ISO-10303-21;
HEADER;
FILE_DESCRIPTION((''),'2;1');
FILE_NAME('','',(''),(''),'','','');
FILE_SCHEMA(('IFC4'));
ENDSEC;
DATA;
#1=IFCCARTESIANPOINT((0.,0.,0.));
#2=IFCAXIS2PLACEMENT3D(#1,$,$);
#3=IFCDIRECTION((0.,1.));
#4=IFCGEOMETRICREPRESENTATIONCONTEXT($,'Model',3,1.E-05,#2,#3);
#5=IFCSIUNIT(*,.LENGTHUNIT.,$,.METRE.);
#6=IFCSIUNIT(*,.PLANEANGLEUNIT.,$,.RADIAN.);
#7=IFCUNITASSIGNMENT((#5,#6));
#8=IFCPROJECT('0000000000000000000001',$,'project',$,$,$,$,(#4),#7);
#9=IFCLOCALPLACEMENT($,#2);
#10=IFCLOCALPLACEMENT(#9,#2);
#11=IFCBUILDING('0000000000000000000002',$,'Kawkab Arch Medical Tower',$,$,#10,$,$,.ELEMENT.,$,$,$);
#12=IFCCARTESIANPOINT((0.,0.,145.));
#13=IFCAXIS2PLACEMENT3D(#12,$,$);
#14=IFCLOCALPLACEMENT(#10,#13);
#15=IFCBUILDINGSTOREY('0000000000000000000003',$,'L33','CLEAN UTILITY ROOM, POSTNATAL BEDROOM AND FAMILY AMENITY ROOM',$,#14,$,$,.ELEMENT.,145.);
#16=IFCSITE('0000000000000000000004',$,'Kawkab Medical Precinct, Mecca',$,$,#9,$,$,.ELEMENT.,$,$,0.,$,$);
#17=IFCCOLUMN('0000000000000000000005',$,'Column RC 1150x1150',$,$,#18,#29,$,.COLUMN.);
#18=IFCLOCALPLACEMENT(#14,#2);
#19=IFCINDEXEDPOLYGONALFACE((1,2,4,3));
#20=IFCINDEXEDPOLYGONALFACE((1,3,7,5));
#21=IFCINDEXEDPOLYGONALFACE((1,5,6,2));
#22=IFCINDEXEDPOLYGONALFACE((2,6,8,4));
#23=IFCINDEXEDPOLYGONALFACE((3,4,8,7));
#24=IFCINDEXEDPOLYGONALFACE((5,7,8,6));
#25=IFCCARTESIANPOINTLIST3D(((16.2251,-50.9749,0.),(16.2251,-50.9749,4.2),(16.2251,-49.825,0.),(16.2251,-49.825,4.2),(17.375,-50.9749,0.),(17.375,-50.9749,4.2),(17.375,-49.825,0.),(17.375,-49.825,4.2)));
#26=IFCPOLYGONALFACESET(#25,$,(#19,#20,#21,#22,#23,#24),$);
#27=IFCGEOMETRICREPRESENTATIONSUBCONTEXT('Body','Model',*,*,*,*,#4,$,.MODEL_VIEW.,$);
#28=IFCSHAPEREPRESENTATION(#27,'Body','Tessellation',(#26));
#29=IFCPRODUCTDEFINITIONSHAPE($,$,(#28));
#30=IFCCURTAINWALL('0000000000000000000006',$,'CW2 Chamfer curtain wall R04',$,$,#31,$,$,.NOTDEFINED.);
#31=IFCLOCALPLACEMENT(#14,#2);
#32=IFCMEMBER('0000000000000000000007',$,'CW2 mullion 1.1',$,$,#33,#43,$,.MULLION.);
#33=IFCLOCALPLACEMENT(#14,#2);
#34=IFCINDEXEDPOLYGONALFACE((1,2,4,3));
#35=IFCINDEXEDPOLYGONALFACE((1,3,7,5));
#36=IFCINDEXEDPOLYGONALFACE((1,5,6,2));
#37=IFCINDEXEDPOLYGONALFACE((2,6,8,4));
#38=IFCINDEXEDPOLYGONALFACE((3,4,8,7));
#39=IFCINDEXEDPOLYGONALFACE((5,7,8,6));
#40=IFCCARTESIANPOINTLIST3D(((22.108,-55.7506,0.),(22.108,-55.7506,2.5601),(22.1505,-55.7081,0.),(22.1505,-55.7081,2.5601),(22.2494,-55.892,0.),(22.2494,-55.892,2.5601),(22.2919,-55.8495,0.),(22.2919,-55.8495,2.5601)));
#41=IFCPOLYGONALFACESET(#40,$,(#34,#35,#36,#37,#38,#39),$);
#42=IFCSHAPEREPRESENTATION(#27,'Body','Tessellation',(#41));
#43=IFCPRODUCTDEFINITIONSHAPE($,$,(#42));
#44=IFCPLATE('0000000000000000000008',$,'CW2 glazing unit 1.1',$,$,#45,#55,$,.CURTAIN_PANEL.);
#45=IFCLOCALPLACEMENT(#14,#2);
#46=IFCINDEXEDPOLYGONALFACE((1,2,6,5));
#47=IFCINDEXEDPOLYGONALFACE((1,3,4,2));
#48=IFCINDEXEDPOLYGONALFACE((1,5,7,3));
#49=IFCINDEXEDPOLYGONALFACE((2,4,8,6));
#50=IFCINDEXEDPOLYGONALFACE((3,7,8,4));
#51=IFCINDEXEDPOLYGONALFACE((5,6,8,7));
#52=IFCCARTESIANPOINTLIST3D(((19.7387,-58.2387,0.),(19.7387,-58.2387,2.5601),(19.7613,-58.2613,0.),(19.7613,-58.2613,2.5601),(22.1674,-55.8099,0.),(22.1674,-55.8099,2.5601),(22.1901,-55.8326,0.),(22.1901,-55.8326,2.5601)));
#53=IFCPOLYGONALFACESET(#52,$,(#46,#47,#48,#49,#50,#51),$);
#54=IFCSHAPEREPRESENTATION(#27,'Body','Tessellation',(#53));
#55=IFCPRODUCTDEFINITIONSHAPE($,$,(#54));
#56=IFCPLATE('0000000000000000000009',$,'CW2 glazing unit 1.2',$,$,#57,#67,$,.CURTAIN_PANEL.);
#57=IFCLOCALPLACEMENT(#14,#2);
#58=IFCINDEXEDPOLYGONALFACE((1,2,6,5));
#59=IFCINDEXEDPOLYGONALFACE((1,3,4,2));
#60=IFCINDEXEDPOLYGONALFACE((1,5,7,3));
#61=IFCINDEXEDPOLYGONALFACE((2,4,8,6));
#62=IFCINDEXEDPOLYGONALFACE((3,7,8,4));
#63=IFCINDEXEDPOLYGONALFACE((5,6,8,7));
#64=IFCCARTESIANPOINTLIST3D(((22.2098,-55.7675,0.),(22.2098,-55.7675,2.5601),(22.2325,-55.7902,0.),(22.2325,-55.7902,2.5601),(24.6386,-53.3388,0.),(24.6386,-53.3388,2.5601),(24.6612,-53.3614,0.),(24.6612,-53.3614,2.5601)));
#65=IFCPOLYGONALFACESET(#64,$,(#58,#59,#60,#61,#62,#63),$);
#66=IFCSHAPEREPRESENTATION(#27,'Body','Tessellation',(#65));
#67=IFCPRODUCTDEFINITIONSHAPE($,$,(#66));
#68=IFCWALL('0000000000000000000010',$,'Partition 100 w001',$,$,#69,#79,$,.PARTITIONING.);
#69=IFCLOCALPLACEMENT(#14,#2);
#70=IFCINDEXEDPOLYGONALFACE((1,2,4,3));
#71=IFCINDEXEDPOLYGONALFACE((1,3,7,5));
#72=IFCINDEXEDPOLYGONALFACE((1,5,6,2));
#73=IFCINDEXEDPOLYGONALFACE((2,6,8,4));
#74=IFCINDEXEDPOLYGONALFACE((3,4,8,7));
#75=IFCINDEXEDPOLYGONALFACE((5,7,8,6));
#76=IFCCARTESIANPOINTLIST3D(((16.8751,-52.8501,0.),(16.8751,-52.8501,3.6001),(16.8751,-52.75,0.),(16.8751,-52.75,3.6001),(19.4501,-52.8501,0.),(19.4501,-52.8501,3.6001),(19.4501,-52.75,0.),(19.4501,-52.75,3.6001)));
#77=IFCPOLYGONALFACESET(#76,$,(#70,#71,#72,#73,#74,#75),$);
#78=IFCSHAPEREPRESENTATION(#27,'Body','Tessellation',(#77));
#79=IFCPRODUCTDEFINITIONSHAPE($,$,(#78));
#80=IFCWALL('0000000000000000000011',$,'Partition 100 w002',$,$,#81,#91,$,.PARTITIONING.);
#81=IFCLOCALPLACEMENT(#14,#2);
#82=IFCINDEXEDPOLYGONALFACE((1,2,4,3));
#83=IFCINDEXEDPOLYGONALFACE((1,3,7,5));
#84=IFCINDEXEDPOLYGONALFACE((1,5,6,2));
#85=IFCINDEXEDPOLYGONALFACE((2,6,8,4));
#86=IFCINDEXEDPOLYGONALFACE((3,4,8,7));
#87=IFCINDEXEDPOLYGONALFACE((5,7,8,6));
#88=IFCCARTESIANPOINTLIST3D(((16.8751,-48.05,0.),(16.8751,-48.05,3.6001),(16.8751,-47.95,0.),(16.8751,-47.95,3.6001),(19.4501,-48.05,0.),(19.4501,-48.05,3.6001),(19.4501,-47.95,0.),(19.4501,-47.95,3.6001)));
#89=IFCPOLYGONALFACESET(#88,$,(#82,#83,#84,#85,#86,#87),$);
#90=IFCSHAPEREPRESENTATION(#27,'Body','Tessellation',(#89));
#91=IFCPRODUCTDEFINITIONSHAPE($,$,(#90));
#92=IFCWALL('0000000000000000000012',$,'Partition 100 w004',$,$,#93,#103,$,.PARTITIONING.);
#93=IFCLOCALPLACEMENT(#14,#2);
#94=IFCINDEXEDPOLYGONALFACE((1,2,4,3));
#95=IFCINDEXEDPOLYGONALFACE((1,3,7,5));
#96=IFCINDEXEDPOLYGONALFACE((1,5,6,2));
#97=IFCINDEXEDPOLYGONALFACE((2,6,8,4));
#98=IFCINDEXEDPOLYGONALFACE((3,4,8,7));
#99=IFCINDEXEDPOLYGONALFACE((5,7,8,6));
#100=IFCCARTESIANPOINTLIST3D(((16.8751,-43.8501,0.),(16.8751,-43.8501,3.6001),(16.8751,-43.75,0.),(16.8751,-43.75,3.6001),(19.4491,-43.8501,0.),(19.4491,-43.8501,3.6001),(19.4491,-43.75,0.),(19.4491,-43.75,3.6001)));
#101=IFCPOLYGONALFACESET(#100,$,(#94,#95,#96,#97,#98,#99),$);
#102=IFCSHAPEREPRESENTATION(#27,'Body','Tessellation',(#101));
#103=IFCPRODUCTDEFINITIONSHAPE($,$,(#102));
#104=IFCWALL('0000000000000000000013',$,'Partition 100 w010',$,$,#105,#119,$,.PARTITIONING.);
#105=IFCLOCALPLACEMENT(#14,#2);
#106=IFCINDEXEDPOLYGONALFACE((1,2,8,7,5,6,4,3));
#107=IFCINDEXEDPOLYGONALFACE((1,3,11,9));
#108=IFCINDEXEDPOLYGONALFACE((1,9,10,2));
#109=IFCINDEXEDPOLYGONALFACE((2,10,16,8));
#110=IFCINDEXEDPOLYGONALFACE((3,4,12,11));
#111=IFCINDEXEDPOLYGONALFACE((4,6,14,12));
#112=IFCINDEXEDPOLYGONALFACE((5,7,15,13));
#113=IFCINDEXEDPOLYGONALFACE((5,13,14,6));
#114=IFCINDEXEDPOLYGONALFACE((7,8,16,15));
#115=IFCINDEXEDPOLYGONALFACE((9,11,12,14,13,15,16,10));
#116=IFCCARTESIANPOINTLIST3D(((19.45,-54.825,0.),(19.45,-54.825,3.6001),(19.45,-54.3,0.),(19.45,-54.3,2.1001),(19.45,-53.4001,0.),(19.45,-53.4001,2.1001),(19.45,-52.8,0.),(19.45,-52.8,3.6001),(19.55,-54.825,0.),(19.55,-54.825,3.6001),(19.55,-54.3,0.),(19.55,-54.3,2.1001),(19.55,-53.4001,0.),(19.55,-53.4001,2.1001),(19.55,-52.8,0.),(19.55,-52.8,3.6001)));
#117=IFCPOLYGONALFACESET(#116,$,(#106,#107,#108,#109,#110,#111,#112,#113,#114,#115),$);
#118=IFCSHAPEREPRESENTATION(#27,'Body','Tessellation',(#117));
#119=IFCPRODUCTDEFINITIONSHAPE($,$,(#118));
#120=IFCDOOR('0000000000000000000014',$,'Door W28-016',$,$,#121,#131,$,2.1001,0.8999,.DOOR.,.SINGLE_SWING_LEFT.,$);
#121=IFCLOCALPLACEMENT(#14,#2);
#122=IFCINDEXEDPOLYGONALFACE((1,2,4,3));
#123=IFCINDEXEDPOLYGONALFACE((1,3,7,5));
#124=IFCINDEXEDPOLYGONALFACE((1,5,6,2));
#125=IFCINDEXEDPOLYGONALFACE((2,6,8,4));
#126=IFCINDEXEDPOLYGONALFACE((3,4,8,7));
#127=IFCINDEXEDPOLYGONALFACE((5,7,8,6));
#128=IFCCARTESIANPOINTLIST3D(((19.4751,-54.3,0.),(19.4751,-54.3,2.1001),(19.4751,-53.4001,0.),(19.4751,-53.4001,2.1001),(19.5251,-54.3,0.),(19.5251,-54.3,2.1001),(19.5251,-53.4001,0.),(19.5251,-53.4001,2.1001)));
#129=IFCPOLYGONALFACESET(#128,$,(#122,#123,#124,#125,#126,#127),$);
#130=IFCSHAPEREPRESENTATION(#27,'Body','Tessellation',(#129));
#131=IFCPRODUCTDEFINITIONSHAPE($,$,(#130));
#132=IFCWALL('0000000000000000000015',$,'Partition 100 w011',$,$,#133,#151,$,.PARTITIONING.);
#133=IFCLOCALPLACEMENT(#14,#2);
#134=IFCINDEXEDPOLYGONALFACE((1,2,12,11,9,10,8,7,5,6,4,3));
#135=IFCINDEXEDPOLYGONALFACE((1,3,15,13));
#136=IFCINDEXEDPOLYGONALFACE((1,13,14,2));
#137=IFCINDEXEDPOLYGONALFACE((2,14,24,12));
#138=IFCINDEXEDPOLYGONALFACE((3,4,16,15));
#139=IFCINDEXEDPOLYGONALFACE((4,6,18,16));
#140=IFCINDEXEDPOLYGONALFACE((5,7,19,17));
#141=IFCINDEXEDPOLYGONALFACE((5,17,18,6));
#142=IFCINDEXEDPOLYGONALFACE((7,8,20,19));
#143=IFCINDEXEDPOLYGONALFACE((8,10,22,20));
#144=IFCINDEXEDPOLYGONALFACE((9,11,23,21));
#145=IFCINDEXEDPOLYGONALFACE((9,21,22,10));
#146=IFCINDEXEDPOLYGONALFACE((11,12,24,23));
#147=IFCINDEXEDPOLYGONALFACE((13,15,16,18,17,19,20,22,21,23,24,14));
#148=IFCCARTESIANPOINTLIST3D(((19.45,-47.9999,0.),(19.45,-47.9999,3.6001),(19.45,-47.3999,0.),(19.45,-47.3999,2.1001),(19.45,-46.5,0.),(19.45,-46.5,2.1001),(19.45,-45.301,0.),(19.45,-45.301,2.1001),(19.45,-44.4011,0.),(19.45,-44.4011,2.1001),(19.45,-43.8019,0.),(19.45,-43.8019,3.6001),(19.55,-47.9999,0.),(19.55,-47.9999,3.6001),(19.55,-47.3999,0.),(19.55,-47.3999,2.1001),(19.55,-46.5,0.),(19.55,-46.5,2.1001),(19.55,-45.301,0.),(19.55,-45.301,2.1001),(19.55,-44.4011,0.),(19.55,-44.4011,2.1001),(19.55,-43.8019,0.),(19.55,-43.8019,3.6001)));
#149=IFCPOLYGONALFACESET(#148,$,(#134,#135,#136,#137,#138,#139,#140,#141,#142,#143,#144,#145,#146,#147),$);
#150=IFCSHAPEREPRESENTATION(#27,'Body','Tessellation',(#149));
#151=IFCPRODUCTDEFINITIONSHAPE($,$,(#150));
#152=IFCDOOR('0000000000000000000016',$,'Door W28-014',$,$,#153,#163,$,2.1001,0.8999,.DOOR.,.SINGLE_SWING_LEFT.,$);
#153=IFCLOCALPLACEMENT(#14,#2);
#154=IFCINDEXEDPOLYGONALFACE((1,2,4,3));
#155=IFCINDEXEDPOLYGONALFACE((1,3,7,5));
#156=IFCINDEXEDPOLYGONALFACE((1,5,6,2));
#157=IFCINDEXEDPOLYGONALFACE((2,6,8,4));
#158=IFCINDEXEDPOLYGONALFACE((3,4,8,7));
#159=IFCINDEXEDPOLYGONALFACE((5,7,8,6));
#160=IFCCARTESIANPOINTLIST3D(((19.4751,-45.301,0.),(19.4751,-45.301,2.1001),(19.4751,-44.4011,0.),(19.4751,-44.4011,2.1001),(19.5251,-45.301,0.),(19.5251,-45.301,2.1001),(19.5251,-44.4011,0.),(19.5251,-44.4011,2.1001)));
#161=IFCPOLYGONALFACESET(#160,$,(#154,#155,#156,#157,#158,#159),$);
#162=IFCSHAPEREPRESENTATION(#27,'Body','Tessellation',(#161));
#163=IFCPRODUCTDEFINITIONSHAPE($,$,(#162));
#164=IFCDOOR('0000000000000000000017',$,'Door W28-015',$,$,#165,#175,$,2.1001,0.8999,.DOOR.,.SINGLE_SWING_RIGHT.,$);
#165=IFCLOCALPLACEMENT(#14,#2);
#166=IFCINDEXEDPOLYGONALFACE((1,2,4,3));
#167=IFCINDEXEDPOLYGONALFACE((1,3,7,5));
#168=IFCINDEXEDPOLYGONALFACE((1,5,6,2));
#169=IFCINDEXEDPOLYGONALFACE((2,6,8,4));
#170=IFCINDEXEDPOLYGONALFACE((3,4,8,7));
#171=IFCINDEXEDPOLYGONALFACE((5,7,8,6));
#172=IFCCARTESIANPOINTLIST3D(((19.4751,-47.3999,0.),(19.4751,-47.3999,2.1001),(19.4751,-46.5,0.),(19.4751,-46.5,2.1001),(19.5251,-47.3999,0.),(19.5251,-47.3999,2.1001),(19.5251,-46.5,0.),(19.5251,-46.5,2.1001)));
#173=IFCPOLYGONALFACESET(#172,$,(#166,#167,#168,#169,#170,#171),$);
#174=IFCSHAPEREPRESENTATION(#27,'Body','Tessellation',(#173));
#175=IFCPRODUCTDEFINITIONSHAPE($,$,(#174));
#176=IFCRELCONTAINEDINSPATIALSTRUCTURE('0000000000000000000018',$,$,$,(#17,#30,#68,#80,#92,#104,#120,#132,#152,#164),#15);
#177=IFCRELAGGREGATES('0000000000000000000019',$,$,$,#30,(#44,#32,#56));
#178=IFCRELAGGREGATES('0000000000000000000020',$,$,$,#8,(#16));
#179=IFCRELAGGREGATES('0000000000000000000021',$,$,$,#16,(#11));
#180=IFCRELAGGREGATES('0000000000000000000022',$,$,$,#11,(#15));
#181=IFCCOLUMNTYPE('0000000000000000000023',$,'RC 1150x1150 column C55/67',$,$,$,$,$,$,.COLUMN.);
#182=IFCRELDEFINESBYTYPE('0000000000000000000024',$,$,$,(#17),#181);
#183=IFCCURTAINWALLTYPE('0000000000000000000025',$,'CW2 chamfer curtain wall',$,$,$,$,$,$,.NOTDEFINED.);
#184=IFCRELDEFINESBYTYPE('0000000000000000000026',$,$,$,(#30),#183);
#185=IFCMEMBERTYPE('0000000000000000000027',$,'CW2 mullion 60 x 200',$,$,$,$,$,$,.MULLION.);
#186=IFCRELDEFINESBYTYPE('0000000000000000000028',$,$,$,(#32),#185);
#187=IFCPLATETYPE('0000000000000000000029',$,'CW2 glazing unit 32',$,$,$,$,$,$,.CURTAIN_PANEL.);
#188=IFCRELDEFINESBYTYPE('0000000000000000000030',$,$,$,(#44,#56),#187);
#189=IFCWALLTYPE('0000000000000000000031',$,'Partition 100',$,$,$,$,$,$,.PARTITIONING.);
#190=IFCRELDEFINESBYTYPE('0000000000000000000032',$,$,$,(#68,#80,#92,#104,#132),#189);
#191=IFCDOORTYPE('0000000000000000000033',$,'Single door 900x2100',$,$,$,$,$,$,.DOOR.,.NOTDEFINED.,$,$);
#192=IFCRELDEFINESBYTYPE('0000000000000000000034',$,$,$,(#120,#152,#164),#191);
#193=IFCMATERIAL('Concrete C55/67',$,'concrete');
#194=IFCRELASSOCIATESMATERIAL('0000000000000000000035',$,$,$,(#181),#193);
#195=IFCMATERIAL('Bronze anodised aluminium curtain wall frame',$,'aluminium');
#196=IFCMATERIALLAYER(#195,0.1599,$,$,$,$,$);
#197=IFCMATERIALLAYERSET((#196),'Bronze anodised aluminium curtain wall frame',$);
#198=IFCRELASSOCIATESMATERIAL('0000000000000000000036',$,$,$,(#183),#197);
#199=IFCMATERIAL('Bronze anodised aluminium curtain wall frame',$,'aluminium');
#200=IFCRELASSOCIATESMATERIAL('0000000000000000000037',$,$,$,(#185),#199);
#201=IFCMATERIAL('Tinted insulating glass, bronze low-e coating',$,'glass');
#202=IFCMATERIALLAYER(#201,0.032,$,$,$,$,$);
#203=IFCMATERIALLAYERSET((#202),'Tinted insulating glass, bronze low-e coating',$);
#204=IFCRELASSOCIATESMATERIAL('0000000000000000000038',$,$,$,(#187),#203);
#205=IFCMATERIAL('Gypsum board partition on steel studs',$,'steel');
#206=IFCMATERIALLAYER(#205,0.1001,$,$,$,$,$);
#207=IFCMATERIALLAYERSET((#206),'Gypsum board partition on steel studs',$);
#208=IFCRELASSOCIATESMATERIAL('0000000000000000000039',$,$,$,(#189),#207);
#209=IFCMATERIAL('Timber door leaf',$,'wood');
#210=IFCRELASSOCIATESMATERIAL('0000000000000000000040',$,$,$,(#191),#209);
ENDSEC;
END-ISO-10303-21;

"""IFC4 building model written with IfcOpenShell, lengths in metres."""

from ifc_helpers import new_model, si_unit, direction, frame, frame_2d, origin, origin_2d, place, context, subcontext, project, spatial, rectangle, extrude, material, layer, layer_set, material_profile, profile_set, type_object, element, fill, aggregate, save


model = new_model("IFC4")

# Units and contexts
model_context = context("Model", 3, precision=1e-05, world=origin(), true_north=direction((0.0, 1.0)))
body_context = subcontext(model_context, "Body", "Model", "MODEL_VIEW")
ifc_project = project(units=[si_unit("LENGTHUNIT", "METRE"), si_unit("PLANEANGLEUNIT", "RADIAN")], contexts=[model_context])

# Site, building, storey
site_placement = place(None, origin())
site = spatial("IfcSite", under=ifc_project, at=site_placement, Name="Kawkab Medical Precinct, Mecca", CompositionType="ELEMENT", RefElevation=0.0)
building_placement = place(site_placement, origin())
building = spatial("IfcBuilding", under=site, at=building_placement, Name="Kawkab Arch Medical Tower", CompositionType="ELEMENT")
storey_placement = place(building_placement, frame((0.0, 0.0, 145.0)))
storey = spatial("IfcBuildingStorey", under=building, at=storey_placement, Name="L33", Description="CLEAN UTILITY ROOM, POSTNATAL BEDROOM AND FAMILY AMENITY ROOM", CompositionType="ELEMENT", Elevation=145.0)

# Column
ifc_material_1 = material(Name="Concrete C55/67", Category="concrete")
ifc_material_profile_1 = material_profile(ifc_material_1, rectangle(XDim=1.1499, YDim=1.1499, at=origin_2d()), Name="RC 1150x1150")
ifc_profile_set_1 = profile_set([ifc_material_profile_1], Name="Concrete C55/67")
column_type = type_object("IfcColumnType", Name="RC 1150x1150 column C55/67", PredefinedType="COLUMN", material=ifc_profile_set_1)
column_placement = place(storey_placement, frame((16.8, -50.3999, 0.0), z_axis=(0.0, 0.0, 1.0), x_axis=(1.0, 0.0, 0.0)))
element("IfcColumn", 1, at=column_placement, inside=storey, type_object=column_type, Name="Column RC 1150x1150", PredefinedType="COLUMN", context=body_context, shape_type="SweptSolid", body=[
    extrude(rectangle(XDim=1.1499, YDim=1.1499, at=origin_2d()), origin(), (0.0, 0.0, 1.0), 4.2),
])

# Curtain wall, member, plates
ifc_material_2 = material(Name="Bronze anodised aluminium curtain wall frame", Category="aluminium")
ifc_layer_1 = layer(ifc_material_2, 0.1599)
ifc_layer_set_1 = layer_set([ifc_layer_1], Name="Bronze anodised aluminium curtain wall frame")
curtain_wall_type = type_object("IfcCurtainWallType", Name="CW2 chamfer curtain wall", PredefinedType="NOTDEFINED", material=ifc_layer_set_1)
curtain_wall_placement = place(storey_placement, origin())
curtain_wall = element("IfcCurtainWall", 2, at=curtain_wall_placement, inside=storey, type_object=curtain_wall_type, Name="CW2 Chamfer curtain wall R04", PredefinedType="NOTDEFINED")
ifc_material_3 = material(Name="Bronze anodised aluminium curtain wall frame", Category="aluminium")
ifc_material_profile_2 = material_profile(ifc_material_3, rectangle(XDim=0.2, YDim=0.0601, at=origin_2d()), Name="AL 60x200")
ifc_profile_set_2 = profile_set([ifc_material_profile_2], Name="Bronze anodised aluminium curtain wall frame")
member_type = type_object("IfcMemberType", Name="CW2 mullion 60 x 200", PredefinedType="MULLION", material=ifc_profile_set_2)
member_placement = place(storey_placement, frame((22.2, -55.8, 0.0), z_axis=(0.0, 0.0, 1.0), x_axis=(-0.707107, 0.707107, 0.0)))
member = element("IfcMember", 3, at=member_placement, type_object=member_type, Name="CW2 mullion 1.1", PredefinedType="MULLION", context=body_context, shape_type="SweptSolid", body=[
    extrude(rectangle(XDim=0.2, YDim=0.0601, at=origin_2d()), origin(), (0.0, 0.0, 1.0), 2.5601),
])
ifc_material_4 = material(Name="Tinted insulating glass, bronze low-e coating", Category="glass")
ifc_layer_2 = layer(ifc_material_4, 0.032)
ifc_layer_set_2 = layer_set([ifc_layer_2], Name="Tinted insulating glass, bronze low-e coating")
plate_type = type_object("IfcPlateType", Name="CW2 glazing unit 32", PredefinedType="CURTAIN_PANEL", material=ifc_layer_set_2)
plate_1_placement = place(storey_placement, frame((20.9644, -57.0356, 0.0), z_axis=(0.0, 0.0, 1.0), x_axis=(0.707107, 0.707107, 0.0)))
plate_1 = element("IfcPlate", 4, at=plate_1_placement, type_object=plate_type, Name="CW2 glazing unit 1.1", PredefinedType="CURTAIN_PANEL", context=body_context, shape_type="SweptSolid", body=[
    extrude(rectangle(XDim=3.4348, YDim=0.032, at=origin_2d()), origin(), (0.0, 0.0, 1.0), 2.5601),
])
plate_2_placement = place(storey_placement, frame((23.4355, -54.5645, 0.0), z_axis=(0.0, 0.0, 1.0), x_axis=(0.707107, 0.707107, 0.0)))
plate_2 = element("IfcPlate", 5, at=plate_2_placement, type_object=plate_type, Name="CW2 glazing unit 1.2", PredefinedType="CURTAIN_PANEL", context=body_context, shape_type="SweptSolid", body=[
    extrude(rectangle(XDim=3.4348, YDim=0.032, at=origin_2d()), origin(), (0.0, 0.0, 1.0), 2.5601),
])
aggregate(curtain_wall, [plate_1, member, plate_2])

# Walls
ifc_material_5 = material(Name="Gypsum board partition on steel studs", Category="steel")
ifc_layer_3 = layer(ifc_material_5, 0.1001)
ifc_layer_set_3 = layer_set([ifc_layer_3], Name="Gypsum board partition on steel studs")
wall_type_1 = type_object("IfcWallType", Name="Partition 100", PredefinedType="PARTITIONING", material=ifc_layer_set_3)
for number, where, z_axis, x_axis, name in (
    (6, (16.875, -52.8, 0.0), (0.0, 0.0, 1.0), (1.0, 0.0, 0.0), "Partition 100 w001"),
    (7, (16.875, -48.0, 0.0), (0.0, 0.0, 1.0), (1.0, 0.0, 0.0), "Partition 100 w002"),
):
    element("IfcWall", number, at=place(storey_placement, frame(where, z_axis=z_axis, x_axis=x_axis)), inside=storey, type_object=wall_type_1, Name=name, PredefinedType="PARTITIONING", context=body_context, shape_type="SweptSolid", body=[
        extrude(rectangle(XDim=2.575, YDim=0.1001, at=frame_2d((1.2876, 0.0))), origin(), (0.0, 0.0, 1.0), 3.6001),
    ])
wall_1_placement = place(storey_placement, frame((16.875, -43.8, 0.0), z_axis=(0.0, 0.0, 1.0), x_axis=(1.0, 0.0, 0.0)))
element("IfcWall", 8, at=wall_1_placement, inside=storey, type_object=wall_type_1, Name="Partition 100 w004", PredefinedType="PARTITIONING", context=body_context, shape_type="SweptSolid", body=[
    extrude(rectangle(XDim=2.574, YDim=0.1001, at=frame_2d((1.2871, 0.0))), origin(), (0.0, 0.0, 1.0), 3.6001),
])

# Wall, opening, door
wall_2_placement = place(storey_placement, frame((19.5, -54.825, 0.0), z_axis=(0.0, 0.0, 1.0), x_axis=(0.0, 1.0, 0.0)))
wall_2 = element("IfcWall", 9, at=wall_2_placement, inside=storey, type_object=wall_type_1, Name="Partition 100 w010", PredefinedType="PARTITIONING", context=body_context, shape_type="SweptSolid", body=[
    extrude(rectangle(XDim=2.0249, YDim=0.1001, at=frame_2d((1.0125, 0.0))), origin(), (0.0, 0.0, 1.0), 3.6001),
])
opening_1_placement = place(wall_2_placement, frame((0.5249, 0.0, 0.0)))
opening_1 = element("IfcOpeningElement", 10, at=opening_1_placement, cuts=wall_2, PredefinedType="OPENING", context=body_context, shape_type="SweptSolid", body=[
    extrude(rectangle(XDim=0.8999, YDim=2.1001, at=frame_2d((0.45, 1.05))), frame((0.0, 0.0601, 0.0), z_axis=(0.0, -1.0, 0.0), x_axis=(1.0, 0.0, 0.0)), (0.0, 0.0, 1.0), 0.1201),
])
ifc_material_6 = material(Name="Timber door leaf", Category="wood")
door_type_1 = type_object("IfcDoorType", Name="Single door 900x2100", OperationType="NOTDEFINED", PredefinedType="DOOR", material=ifc_material_6)
door_1_placement = place(opening_1_placement, origin())
door_1 = element("IfcDoor", 11, at=door_1_placement, inside=storey, type_object=door_type_1, Name="Door W28-016", OperationType="SINGLE_SWING_LEFT", OverallHeight=2.1001, OverallWidth=0.8999, PredefinedType="DOOR", context=body_context, shape_type="SweptSolid", body=[
    extrude(rectangle(XDim=0.8999, YDim=2.1001, at=frame_2d((0.45, 1.05))), frame((0.0, 0.0249, 0.0), z_axis=(0.0, -1.0, 0.0), x_axis=(1.0, 0.0, 0.0)), (0.0, 0.0, 1.0), 0.05),
])
fill(opening_1, door_1)

# Wall, openings, doors
wall_3_placement = place(storey_placement, frame((19.5, -48.0, 0.0), z_axis=(0.0, 0.0, 1.0), x_axis=(0.0, 1.0, 0.0)))
wall_3 = element("IfcWall", 12, at=wall_3_placement, inside=storey, type_object=wall_type_1, Name="Partition 100 w011", PredefinedType="PARTITIONING", context=body_context, shape_type="SweptSolid", body=[
    extrude(rectangle(XDim=4.198, YDim=0.1001, at=frame_2d((2.0991, 0.0))), origin(), (0.0, 0.0, 1.0), 3.6001),
])
opening_2_placement = place(wall_3_placement, frame((2.699, 0.0, 0.0)))
opening_2 = element("IfcOpeningElement", 13, at=opening_2_placement, cuts=wall_3, PredefinedType="OPENING", context=body_context, shape_type="SweptSolid", body=[
    extrude(rectangle(XDim=0.8999, YDim=2.1001, at=frame_2d((0.45, 1.05))), frame((0.0, 0.0601, 0.0), z_axis=(0.0, -1.0, 0.0), x_axis=(1.0, 0.0, 0.0)), (0.0, 0.0, 1.0), 0.1201),
])
opening_3_placement = place(wall_3_placement, frame((0.6001, 0.0, 0.0)))
opening_3 = element("IfcOpeningElement", 14, at=opening_3_placement, cuts=wall_3, PredefinedType="OPENING", context=body_context, shape_type="SweptSolid", body=[
    extrude(rectangle(XDim=0.8999, YDim=2.1001, at=frame_2d((0.45, 1.05))), frame((0.0, 0.0601, 0.0), z_axis=(0.0, -1.0, 0.0), x_axis=(1.0, 0.0, 0.0)), (0.0, 0.0, 1.0), 0.1201),
])
door_2_placement = place(opening_2_placement, origin())
door_2 = element("IfcDoor", 15, at=door_2_placement, inside=storey, type_object=door_type_1, Name="Door W28-014", OperationType="SINGLE_SWING_LEFT", OverallHeight=2.1001, OverallWidth=0.8999, PredefinedType="DOOR", context=body_context, shape_type="SweptSolid", body=[
    extrude(rectangle(XDim=0.8999, YDim=2.1001, at=frame_2d((0.45, 1.05))), frame((0.0, 0.0249, 0.0), z_axis=(0.0, -1.0, 0.0), x_axis=(1.0, 0.0, 0.0)), (0.0, 0.0, 1.0), 0.05),
])
fill(opening_2, door_2)
door_3_placement = place(opening_3_placement, origin())
door_3 = element("IfcDoor", 16, at=door_3_placement, inside=storey, type_object=door_type_1, Name="Door W28-015", OperationType="SINGLE_SWING_RIGHT", OverallHeight=2.1001, OverallWidth=0.8999, PredefinedType="DOOR", context=body_context, shape_type="SweptSolid", body=[
    extrude(rectangle(XDim=0.8999, YDim=2.1001, at=frame_2d((0.45, 1.05))), frame((0.0, 0.0249, 0.0), z_axis=(0.0, -1.0, 0.0), x_axis=(1.0, 0.0, 0.0)), (0.0, 0.0, 1.0), 0.05),
])
fill(opening_3, door_3)

save(model, "model.ifc")
